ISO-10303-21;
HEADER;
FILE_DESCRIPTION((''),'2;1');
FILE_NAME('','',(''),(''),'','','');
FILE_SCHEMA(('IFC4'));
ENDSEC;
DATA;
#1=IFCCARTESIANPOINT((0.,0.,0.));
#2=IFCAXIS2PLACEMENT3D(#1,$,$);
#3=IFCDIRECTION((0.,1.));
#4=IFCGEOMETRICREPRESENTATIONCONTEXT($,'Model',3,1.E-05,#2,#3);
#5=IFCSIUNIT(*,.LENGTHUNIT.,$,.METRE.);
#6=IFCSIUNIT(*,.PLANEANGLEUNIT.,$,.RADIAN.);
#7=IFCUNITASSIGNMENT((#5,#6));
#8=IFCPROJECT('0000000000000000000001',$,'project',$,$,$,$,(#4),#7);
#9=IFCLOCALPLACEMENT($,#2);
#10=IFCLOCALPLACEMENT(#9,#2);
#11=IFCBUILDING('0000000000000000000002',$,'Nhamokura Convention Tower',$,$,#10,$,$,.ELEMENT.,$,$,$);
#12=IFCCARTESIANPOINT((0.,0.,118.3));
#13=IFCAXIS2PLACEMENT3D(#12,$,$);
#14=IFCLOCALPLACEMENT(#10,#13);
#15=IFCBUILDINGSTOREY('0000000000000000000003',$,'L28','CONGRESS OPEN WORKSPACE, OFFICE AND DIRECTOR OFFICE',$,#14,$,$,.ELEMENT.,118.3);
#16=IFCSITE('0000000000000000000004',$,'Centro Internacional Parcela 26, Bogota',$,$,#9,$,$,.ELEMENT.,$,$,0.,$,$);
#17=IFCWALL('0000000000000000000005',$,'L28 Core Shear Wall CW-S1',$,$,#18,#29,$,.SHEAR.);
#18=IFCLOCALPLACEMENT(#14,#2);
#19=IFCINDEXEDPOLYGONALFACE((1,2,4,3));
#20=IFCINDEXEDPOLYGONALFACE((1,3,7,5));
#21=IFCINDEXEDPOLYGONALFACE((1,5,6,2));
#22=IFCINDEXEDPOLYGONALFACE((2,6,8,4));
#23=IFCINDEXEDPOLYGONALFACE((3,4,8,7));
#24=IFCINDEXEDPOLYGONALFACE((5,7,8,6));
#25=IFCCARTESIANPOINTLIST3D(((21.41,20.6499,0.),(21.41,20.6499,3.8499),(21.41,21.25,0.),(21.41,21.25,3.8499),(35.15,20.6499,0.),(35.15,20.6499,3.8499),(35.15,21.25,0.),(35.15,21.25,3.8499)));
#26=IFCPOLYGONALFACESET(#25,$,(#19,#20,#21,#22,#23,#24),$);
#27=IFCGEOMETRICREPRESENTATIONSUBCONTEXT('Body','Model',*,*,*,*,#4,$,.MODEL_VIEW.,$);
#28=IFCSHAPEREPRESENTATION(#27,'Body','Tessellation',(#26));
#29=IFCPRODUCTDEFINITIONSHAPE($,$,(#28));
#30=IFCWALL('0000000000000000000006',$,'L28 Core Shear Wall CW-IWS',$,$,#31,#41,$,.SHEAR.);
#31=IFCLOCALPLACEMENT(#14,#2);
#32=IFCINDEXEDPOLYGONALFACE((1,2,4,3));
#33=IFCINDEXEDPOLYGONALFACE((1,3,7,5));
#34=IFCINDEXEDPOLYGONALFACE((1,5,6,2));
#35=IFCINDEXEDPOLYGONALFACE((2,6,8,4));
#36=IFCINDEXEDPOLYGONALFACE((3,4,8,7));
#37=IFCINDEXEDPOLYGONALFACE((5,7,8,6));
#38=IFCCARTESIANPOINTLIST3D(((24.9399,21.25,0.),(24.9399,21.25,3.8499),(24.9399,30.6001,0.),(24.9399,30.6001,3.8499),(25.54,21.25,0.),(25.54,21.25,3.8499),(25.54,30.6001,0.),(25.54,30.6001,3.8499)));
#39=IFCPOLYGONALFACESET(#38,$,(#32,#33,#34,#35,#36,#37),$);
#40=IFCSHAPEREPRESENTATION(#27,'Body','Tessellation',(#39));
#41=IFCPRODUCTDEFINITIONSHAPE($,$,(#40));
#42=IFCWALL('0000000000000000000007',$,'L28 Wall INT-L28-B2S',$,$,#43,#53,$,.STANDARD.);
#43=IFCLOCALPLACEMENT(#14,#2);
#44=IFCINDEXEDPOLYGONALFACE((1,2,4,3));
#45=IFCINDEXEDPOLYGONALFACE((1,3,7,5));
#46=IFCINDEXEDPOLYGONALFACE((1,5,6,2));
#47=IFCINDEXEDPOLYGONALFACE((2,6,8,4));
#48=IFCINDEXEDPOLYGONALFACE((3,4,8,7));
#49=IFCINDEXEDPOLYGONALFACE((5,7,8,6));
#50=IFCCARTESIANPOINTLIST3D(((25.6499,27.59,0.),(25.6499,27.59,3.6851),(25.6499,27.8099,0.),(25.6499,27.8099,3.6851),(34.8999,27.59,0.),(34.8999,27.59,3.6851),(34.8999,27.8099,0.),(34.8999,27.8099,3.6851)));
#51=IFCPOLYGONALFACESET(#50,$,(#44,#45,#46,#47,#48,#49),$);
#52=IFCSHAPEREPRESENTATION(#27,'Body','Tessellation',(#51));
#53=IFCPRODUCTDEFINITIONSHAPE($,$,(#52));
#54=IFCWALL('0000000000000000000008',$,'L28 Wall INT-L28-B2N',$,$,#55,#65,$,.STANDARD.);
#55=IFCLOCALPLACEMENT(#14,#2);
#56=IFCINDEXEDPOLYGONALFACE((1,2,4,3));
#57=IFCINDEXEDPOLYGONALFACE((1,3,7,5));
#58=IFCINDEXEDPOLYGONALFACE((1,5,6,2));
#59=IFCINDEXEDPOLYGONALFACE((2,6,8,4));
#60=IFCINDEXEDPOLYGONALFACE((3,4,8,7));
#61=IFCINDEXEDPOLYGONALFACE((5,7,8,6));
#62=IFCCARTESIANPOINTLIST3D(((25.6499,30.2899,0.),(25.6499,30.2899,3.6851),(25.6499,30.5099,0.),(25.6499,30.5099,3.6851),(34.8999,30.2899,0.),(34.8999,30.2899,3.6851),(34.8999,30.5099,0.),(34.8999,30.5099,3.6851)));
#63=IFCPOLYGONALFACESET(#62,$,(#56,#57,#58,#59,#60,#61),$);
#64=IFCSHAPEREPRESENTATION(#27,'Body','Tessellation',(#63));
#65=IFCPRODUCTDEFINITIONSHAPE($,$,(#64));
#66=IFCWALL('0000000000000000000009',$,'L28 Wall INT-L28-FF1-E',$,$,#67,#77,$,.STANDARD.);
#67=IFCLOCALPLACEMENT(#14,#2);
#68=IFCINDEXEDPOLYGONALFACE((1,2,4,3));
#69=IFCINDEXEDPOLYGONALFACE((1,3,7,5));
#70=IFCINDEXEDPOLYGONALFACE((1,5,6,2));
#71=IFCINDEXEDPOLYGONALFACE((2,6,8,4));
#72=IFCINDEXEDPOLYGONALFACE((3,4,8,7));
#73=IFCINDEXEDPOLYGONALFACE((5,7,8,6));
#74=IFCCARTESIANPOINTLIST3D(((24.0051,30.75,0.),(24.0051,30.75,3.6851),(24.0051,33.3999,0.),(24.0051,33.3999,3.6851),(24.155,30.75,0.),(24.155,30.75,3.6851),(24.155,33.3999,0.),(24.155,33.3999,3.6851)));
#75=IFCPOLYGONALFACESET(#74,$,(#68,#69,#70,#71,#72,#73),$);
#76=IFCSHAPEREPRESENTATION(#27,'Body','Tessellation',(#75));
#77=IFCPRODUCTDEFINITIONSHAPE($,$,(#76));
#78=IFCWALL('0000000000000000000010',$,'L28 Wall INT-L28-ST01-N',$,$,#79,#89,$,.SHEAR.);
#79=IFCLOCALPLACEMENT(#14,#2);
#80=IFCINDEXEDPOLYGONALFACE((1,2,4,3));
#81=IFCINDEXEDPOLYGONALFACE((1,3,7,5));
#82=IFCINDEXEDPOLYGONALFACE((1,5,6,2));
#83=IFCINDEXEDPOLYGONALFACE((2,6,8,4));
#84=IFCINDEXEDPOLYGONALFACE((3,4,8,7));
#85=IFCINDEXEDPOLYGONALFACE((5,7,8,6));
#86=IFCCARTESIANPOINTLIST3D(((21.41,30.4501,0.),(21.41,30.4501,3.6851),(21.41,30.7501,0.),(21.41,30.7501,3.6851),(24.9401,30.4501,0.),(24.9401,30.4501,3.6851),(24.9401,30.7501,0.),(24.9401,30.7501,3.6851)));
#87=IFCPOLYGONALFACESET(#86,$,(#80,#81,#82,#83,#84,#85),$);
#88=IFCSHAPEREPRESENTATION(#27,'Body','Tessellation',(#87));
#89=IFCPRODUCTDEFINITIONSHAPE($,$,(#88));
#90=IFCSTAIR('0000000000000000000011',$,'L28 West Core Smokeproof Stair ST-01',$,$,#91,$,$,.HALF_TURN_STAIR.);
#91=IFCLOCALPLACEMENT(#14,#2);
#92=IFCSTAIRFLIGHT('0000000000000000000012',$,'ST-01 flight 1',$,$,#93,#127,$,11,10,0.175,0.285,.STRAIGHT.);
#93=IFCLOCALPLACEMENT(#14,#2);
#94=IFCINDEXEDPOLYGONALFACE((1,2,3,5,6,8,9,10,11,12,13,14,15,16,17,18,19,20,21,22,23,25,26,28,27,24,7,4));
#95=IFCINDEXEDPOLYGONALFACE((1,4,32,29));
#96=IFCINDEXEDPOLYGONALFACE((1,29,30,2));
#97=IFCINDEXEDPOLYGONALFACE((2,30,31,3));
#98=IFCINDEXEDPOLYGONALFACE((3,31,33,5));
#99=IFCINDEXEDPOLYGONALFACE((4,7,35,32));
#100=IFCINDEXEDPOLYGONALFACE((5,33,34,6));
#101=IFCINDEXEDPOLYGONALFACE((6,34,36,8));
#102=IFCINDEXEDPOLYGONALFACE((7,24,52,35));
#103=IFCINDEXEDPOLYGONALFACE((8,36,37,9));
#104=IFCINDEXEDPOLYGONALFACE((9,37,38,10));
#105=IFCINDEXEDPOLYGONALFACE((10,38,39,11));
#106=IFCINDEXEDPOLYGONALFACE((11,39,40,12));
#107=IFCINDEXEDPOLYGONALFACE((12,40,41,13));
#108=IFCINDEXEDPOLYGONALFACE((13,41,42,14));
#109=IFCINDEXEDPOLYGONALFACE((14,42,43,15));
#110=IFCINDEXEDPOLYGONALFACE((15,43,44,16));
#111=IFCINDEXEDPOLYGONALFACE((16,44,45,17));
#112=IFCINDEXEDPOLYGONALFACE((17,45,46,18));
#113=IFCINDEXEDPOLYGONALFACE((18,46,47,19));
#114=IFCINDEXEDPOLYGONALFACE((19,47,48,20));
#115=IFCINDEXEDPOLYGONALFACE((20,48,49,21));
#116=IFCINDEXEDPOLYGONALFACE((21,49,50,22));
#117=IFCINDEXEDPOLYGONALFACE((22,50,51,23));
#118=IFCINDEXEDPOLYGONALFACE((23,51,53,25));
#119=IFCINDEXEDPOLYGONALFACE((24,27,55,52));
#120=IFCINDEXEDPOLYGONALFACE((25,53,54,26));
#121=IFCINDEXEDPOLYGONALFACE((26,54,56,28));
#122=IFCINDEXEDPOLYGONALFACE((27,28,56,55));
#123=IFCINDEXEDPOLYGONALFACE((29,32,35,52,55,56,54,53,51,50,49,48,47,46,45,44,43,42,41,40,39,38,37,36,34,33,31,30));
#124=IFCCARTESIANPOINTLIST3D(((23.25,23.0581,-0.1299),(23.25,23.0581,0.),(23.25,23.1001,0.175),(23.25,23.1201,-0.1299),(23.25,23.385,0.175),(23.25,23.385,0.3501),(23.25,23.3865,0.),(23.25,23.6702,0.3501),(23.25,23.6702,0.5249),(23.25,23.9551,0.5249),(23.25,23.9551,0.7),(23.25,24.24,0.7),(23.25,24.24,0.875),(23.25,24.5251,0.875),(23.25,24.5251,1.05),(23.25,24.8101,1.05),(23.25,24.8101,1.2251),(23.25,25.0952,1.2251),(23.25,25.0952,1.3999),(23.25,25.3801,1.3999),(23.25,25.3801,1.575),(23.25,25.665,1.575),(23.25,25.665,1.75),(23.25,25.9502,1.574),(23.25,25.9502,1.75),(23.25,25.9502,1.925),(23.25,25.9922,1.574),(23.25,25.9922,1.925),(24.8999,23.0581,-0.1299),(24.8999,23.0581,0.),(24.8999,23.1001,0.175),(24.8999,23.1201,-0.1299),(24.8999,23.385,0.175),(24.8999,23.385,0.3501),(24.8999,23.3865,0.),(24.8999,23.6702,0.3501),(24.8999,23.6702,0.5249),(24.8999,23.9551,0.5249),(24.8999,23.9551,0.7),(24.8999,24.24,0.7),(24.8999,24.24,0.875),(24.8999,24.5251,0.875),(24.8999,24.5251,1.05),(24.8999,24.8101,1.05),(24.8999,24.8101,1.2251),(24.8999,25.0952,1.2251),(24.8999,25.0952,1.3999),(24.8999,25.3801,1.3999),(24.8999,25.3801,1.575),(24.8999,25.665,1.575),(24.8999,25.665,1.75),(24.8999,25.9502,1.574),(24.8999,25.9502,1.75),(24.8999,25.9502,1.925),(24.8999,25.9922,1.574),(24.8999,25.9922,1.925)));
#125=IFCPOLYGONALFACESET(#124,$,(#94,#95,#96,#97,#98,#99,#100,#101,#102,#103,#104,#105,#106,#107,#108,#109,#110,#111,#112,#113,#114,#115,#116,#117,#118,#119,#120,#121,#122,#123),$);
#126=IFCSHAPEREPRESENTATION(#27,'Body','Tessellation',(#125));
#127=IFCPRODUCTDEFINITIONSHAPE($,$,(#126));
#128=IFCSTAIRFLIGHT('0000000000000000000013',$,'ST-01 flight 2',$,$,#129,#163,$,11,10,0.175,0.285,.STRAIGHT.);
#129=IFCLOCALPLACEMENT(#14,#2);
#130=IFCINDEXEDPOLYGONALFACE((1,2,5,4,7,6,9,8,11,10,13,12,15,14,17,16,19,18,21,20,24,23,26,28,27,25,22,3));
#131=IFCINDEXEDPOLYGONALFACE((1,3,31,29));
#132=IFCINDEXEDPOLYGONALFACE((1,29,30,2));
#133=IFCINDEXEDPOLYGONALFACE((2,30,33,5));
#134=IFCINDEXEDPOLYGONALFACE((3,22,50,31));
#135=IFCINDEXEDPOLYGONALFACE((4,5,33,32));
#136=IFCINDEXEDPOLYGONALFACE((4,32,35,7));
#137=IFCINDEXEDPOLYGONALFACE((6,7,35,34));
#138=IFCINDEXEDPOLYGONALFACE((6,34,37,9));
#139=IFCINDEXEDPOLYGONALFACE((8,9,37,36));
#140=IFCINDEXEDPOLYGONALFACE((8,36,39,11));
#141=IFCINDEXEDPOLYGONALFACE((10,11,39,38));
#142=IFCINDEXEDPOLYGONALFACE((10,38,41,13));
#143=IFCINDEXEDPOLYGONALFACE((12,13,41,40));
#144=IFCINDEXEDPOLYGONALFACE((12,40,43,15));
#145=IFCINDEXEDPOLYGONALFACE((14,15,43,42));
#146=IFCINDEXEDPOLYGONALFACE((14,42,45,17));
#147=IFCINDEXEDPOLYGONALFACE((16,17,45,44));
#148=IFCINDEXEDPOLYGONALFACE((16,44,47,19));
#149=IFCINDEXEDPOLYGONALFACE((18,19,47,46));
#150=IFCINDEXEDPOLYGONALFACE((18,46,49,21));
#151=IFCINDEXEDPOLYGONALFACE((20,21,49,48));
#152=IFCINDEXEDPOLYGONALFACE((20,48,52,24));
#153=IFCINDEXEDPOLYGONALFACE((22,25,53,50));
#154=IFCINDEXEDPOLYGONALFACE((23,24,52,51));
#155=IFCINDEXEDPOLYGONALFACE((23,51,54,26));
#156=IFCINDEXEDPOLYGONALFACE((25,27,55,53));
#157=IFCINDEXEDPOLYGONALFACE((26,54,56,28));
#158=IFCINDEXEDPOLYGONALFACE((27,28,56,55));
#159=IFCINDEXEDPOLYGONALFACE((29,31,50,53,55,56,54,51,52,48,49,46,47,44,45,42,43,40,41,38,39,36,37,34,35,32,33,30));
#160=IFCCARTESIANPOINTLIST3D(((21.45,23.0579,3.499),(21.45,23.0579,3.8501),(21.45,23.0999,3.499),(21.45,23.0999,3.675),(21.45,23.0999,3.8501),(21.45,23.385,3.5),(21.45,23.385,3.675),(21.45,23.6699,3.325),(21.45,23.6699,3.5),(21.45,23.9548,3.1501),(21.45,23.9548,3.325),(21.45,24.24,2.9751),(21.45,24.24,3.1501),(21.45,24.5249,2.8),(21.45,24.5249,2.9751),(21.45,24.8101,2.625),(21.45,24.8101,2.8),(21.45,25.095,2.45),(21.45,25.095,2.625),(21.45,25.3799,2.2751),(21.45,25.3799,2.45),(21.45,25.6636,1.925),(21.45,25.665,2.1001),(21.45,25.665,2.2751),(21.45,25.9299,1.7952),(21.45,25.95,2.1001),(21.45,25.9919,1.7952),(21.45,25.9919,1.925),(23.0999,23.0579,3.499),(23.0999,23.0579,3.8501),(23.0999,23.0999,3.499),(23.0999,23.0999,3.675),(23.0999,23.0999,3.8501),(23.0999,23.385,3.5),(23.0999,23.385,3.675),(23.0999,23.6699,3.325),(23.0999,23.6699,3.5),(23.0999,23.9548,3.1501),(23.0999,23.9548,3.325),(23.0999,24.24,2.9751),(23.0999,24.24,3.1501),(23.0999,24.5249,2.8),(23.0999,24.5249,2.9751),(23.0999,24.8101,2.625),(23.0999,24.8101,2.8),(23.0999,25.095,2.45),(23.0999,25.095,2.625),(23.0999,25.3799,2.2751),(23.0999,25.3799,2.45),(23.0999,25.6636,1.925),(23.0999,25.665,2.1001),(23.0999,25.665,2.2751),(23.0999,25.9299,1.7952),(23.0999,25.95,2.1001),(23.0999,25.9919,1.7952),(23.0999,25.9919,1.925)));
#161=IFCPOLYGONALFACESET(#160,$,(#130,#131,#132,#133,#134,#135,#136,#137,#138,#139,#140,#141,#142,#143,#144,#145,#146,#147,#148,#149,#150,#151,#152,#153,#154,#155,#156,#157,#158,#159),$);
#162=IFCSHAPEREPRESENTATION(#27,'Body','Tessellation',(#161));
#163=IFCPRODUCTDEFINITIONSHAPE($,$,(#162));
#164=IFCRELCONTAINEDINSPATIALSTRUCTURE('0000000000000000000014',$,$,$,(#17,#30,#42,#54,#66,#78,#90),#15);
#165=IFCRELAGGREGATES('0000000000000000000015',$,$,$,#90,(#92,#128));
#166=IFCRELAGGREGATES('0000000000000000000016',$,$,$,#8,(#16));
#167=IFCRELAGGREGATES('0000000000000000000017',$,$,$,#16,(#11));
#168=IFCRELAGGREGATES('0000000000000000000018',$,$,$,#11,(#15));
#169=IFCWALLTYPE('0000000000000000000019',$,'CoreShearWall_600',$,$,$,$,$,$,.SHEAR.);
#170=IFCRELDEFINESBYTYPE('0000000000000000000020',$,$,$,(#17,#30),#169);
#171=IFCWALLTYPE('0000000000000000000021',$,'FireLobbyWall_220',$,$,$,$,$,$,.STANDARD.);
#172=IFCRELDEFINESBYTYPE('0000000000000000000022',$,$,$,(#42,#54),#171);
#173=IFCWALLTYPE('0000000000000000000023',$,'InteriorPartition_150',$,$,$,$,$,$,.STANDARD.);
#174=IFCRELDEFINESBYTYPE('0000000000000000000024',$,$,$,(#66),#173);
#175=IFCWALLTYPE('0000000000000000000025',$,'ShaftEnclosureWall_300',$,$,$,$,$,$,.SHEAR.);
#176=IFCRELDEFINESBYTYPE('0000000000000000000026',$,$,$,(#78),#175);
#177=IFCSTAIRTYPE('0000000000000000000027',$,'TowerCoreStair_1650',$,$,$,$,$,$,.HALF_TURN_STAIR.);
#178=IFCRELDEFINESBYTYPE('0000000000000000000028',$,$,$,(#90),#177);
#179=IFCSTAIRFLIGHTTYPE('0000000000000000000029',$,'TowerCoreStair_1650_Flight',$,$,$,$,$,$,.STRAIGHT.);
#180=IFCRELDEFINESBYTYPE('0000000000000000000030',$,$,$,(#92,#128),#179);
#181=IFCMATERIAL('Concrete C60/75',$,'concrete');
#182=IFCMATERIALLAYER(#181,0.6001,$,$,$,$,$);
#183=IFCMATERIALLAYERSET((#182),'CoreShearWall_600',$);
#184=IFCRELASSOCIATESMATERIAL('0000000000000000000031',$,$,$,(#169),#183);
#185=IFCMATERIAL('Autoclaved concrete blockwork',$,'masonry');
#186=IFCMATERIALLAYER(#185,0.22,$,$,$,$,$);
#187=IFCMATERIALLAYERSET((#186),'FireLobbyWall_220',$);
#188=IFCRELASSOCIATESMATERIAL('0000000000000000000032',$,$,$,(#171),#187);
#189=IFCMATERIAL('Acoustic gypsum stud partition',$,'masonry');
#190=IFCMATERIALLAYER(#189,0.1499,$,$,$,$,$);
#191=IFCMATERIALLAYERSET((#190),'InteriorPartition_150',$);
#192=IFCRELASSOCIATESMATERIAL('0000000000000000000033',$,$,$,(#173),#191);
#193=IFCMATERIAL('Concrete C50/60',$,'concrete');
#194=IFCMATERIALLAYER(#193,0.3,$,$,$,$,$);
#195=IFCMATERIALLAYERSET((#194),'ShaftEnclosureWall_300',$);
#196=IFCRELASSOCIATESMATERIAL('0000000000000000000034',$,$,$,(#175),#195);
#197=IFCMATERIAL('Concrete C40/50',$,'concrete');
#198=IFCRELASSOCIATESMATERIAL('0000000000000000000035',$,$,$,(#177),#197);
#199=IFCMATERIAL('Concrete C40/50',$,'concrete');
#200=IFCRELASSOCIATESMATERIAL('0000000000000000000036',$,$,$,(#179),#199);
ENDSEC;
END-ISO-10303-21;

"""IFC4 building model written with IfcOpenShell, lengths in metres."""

from ifc_helpers import new_model, si_unit, direction, frame, frame_2d, origin, place, context, subcontext, project, spatial, polyline, rectangle, outline, extrude, material, layer, layer_set, type_object, element, aggregate, save


model = new_model("IFC4")

# Units and contexts
model_context = context("Model", 3, precision=1e-05, world=origin(), true_north=direction((0.0, 1.0)))
body_context = subcontext(model_context, "Body", "Model", "MODEL_VIEW")
ifc_project = project(units=[si_unit("LENGTHUNIT", "METRE"), si_unit("PLANEANGLEUNIT", "RADIAN")], contexts=[model_context])

# Site, building, storey
site_placement = place(None, origin())
site = spatial("IfcSite", under=ifc_project, at=site_placement, Name="Centro Internacional Parcela 26, Bogota", CompositionType="ELEMENT", RefElevation=0.0)
building_placement = place(site_placement, origin())
building = spatial("IfcBuilding", under=site, at=building_placement, Name="Nhamokura Convention Tower", CompositionType="ELEMENT")
storey_placement = place(building_placement, frame((0.0, 0.0, 118.3)))
storey = spatial("IfcBuildingStorey", under=building, at=storey_placement, Name="L28", Description="CONGRESS OPEN WORKSPACE, OFFICE AND DIRECTOR OFFICE", CompositionType="ELEMENT", Elevation=118.3)

# Walls
ifc_material_1 = material(Name="Concrete C60/75", Category="concrete")
ifc_layer_1 = layer(ifc_material_1, 0.6001)
ifc_layer_set_1 = layer_set([ifc_layer_1], Name="CoreShearWall_600")
wall_type_1 = type_object("IfcWallType", Name="CoreShearWall_600", PredefinedType="SHEAR", material=ifc_layer_set_1)
wall_1_placement = place(storey_placement, frame((21.4099, 20.95, 0.0), z_axis=(0.0, 0.0, 1.0), x_axis=(1.0, 0.0, 0.0)))
element("IfcWall", 1, at=wall_1_placement, inside=storey, type_object=wall_type_1, Name="L28 Core Shear Wall CW-S1", PredefinedType="SHEAR", context=body_context, shape_type="SweptSolid", body=[
    extrude(rectangle(XDim=13.74, YDim=0.6001, at=frame_2d((6.8701, 0.0))), origin(), (0.0, 0.0, 1.0), 3.8499),
])
wall_2_placement = place(storey_placement, frame((25.24, 21.25, 0.0), z_axis=(0.0, 0.0, 1.0), x_axis=(0.0, 1.0, 0.0)))
element("IfcWall", 2, at=wall_2_placement, inside=storey, type_object=wall_type_1, Name="L28 Core Shear Wall CW-IWS", PredefinedType="SHEAR", context=body_context, shape_type="SweptSolid", body=[
    extrude(rectangle(XDim=9.3501, YDim=0.6001, at=frame_2d((4.675, 0.0))), origin(), (0.0, 0.0, 1.0), 3.8499),
])

# Shared definitions
ifc_material_2 = material(Name="Autoclaved concrete blockwork", Category="masonry")
ifc_layer_2 = layer(ifc_material_2, 0.22)
ifc_layer_set_2 = layer_set([ifc_layer_2], Name="FireLobbyWall_220")
wall_type_2 = type_object("IfcWallType", Name="FireLobbyWall_220", PredefinedType="STANDARD", material=ifc_layer_set_2)

# Walls
for number, where, z_axis, x_axis, name in (
    (3, (25.6499, 27.7, 0.0), (0.0, 0.0, 1.0), (1.0, 0.0, 0.0), "L28 Wall INT-L28-B2S"),
    (4, (25.6499, 30.3999, 0.0), (0.0, 0.0, 1.0), (1.0, 0.0, 0.0), "L28 Wall INT-L28-B2N"),
):
    element("IfcWall", number, at=place(storey_placement, frame(where, z_axis=z_axis, x_axis=x_axis)), inside=storey, type_object=wall_type_2, Name=name, PredefinedType="STANDARD", context=body_context, shape_type="SweptSolid", body=[
        extrude(rectangle(XDim=9.25, YDim=0.22, at=frame_2d((4.625, 0.0))), origin(), (0.0, 0.0, 1.0), 3.6851),
    ])
ifc_material_3 = material(Name="Acoustic gypsum stud partition", Category="masonry")
ifc_layer_3 = layer(ifc_material_3, 0.1499)
ifc_layer_set_3 = layer_set([ifc_layer_3], Name="InteriorPartition_150")
wall_type_3 = type_object("IfcWallType", Name="InteriorPartition_150", PredefinedType="STANDARD", material=ifc_layer_set_3)
wall_3_placement = place(storey_placement, frame((24.0801, 30.75, 0.0), z_axis=(0.0, 0.0, 1.0), x_axis=(0.0, 1.0, 0.0)))
element("IfcWall", 5, at=wall_3_placement, inside=storey, type_object=wall_type_3, Name="L28 Wall INT-L28-FF1-E", PredefinedType="STANDARD", context=body_context, shape_type="SweptSolid", body=[
    extrude(rectangle(XDim=2.6499, YDim=0.1499, at=frame_2d((1.325, 0.0))), origin(), (0.0, 0.0, 1.0), 3.6851),
])
ifc_material_4 = material(Name="Concrete C50/60", Category="concrete")
ifc_layer_4 = layer(ifc_material_4, 0.3)
ifc_layer_set_4 = layer_set([ifc_layer_4], Name="ShaftEnclosureWall_300")
wall_type_4 = type_object("IfcWallType", Name="ShaftEnclosureWall_300", PredefinedType="SHEAR", material=ifc_layer_set_4)
wall_4_placement = place(storey_placement, frame((21.4099, 30.6001, 0.0), z_axis=(0.0, 0.0, 1.0), x_axis=(1.0, 0.0, 0.0)))
element("IfcWall", 6, at=wall_4_placement, inside=storey, type_object=wall_type_4, Name="L28 Wall INT-L28-ST01-N", PredefinedType="SHEAR", context=body_context, shape_type="SweptSolid", body=[
    extrude(rectangle(XDim=3.53, YDim=0.3, at=frame_2d((1.7651, 0.0))), origin(), (0.0, 0.0, 1.0), 3.6851),
])

# Stair, stair flights
ifc_material_5 = material(Name="Concrete C40/50", Category="concrete")
stair_type = type_object("IfcStairType", Name="TowerCoreStair_1650", PredefinedType="HALF_TURN_STAIR", material=ifc_material_5)
stair_placement = place(storey_placement, origin())
stair = element("IfcStair", 7, at=stair_placement, inside=storey, type_object=stair_type, Name="L28 West Core Smokeproof Stair ST-01", PredefinedType="HALF_TURN_STAIR")
ifc_material_6 = material(Name="Concrete C40/50", Category="concrete")
stair_flight_type = type_object("IfcStairFlightType", Name="TowerCoreStair_1650_Flight", PredefinedType="STRAIGHT", material=ifc_material_6)
stair_flight_1_placement = place(storey_placement, frame((24.075, 23.1001, 0.0), z_axis=(0.0, 0.0, 1.0), x_axis=(0.0, 1.0, 0.0)))
stair_flight_1 = element("IfcStairFlight", 8, at=stair_flight_1_placement, type_object=stair_flight_type, Name="ST-01 flight 1", NumberOfRisers=11, NumberOfTreads=10, PredefinedType="STRAIGHT", RiserHeight=0.175, TreadLength=0.285, context=body_context, shape_type="SweptSolid", body=[
    extrude(outline(polyline([(-0.042, 0.0), (0.0, 0.175), (0.2849, 0.175), (0.2849, 0.3501), (0.5701, 0.3501), (0.5701, 0.5249), (0.855, 0.5249), (0.855, 0.7), (1.1399, 0.7), (1.1399, 0.875), (1.425, 0.875), (1.425, 1.05), (1.71, 1.05), (1.71, 1.2251), (1.9951, 1.2251), (1.9951, 1.3999), (2.28, 1.3999), (2.28, 1.575), (2.5649, 1.575), (2.5649, 1.75), (2.8501, 1.75), (2.8501, 1.925), (2.8921, 1.925), (2.8921, 1.574), (2.8501, 1.574), (0.2864, 0.0), (0.02, -0.1299), (-0.042, -0.1299), (-0.042, 0.0)])), frame((0.0, 0.825, 0.0), z_axis=(0.0, -1.0, 0.0), x_axis=(1.0, 0.0, 0.0)), (0.0, 0.0, 1.0), 1.6499),
])
stair_flight_2_placement = place(storey_placement, frame((22.2749, 25.95, 1.925), z_axis=(0.0, 0.0, 1.0), x_axis=(0.0, -1.0, 0.0)))
stair_flight_2 = element("IfcStairFlight", 9, at=stair_flight_2_placement, type_object=stair_flight_type, Name="ST-01 flight 2", NumberOfRisers=11, NumberOfTreads=10, PredefinedType="STRAIGHT", RiserHeight=0.175, TreadLength=0.285, context=body_context, shape_type="SweptSolid", body=[
    extrude(outline(polyline([(-0.042, 0.0), (0.0, 0.175), (0.2849, 0.175), (0.2849, 0.3501), (0.5701, 0.3501), (0.5701, 0.5249), (0.855, 0.5249), (0.855, 0.7), (1.1399, 0.7), (1.1399, 0.875), (1.425, 0.875), (1.425, 1.05), (1.71, 1.05), (1.71, 1.2251), (1.9951, 1.2251), (1.9951, 1.3999), (2.28, 1.3999), (2.28, 1.575), (2.5649, 1.575), (2.5649, 1.75), (2.8501, 1.75), (2.8501, 1.925), (2.8921, 1.925), (2.8921, 1.574), (2.8501, 1.574), (0.2864, 0.0), (0.02, -0.1299), (-0.042, -0.1299), (-0.042, 0.0)])), frame((0.0, 0.825, 0.0), z_axis=(0.0, -1.0, 0.0), x_axis=(1.0, 0.0, 0.0)), (0.0, 0.0, 1.0), 1.6499),
])
aggregate(stair, [stair_flight_1, stair_flight_2])

save(model, "model.ifc")
